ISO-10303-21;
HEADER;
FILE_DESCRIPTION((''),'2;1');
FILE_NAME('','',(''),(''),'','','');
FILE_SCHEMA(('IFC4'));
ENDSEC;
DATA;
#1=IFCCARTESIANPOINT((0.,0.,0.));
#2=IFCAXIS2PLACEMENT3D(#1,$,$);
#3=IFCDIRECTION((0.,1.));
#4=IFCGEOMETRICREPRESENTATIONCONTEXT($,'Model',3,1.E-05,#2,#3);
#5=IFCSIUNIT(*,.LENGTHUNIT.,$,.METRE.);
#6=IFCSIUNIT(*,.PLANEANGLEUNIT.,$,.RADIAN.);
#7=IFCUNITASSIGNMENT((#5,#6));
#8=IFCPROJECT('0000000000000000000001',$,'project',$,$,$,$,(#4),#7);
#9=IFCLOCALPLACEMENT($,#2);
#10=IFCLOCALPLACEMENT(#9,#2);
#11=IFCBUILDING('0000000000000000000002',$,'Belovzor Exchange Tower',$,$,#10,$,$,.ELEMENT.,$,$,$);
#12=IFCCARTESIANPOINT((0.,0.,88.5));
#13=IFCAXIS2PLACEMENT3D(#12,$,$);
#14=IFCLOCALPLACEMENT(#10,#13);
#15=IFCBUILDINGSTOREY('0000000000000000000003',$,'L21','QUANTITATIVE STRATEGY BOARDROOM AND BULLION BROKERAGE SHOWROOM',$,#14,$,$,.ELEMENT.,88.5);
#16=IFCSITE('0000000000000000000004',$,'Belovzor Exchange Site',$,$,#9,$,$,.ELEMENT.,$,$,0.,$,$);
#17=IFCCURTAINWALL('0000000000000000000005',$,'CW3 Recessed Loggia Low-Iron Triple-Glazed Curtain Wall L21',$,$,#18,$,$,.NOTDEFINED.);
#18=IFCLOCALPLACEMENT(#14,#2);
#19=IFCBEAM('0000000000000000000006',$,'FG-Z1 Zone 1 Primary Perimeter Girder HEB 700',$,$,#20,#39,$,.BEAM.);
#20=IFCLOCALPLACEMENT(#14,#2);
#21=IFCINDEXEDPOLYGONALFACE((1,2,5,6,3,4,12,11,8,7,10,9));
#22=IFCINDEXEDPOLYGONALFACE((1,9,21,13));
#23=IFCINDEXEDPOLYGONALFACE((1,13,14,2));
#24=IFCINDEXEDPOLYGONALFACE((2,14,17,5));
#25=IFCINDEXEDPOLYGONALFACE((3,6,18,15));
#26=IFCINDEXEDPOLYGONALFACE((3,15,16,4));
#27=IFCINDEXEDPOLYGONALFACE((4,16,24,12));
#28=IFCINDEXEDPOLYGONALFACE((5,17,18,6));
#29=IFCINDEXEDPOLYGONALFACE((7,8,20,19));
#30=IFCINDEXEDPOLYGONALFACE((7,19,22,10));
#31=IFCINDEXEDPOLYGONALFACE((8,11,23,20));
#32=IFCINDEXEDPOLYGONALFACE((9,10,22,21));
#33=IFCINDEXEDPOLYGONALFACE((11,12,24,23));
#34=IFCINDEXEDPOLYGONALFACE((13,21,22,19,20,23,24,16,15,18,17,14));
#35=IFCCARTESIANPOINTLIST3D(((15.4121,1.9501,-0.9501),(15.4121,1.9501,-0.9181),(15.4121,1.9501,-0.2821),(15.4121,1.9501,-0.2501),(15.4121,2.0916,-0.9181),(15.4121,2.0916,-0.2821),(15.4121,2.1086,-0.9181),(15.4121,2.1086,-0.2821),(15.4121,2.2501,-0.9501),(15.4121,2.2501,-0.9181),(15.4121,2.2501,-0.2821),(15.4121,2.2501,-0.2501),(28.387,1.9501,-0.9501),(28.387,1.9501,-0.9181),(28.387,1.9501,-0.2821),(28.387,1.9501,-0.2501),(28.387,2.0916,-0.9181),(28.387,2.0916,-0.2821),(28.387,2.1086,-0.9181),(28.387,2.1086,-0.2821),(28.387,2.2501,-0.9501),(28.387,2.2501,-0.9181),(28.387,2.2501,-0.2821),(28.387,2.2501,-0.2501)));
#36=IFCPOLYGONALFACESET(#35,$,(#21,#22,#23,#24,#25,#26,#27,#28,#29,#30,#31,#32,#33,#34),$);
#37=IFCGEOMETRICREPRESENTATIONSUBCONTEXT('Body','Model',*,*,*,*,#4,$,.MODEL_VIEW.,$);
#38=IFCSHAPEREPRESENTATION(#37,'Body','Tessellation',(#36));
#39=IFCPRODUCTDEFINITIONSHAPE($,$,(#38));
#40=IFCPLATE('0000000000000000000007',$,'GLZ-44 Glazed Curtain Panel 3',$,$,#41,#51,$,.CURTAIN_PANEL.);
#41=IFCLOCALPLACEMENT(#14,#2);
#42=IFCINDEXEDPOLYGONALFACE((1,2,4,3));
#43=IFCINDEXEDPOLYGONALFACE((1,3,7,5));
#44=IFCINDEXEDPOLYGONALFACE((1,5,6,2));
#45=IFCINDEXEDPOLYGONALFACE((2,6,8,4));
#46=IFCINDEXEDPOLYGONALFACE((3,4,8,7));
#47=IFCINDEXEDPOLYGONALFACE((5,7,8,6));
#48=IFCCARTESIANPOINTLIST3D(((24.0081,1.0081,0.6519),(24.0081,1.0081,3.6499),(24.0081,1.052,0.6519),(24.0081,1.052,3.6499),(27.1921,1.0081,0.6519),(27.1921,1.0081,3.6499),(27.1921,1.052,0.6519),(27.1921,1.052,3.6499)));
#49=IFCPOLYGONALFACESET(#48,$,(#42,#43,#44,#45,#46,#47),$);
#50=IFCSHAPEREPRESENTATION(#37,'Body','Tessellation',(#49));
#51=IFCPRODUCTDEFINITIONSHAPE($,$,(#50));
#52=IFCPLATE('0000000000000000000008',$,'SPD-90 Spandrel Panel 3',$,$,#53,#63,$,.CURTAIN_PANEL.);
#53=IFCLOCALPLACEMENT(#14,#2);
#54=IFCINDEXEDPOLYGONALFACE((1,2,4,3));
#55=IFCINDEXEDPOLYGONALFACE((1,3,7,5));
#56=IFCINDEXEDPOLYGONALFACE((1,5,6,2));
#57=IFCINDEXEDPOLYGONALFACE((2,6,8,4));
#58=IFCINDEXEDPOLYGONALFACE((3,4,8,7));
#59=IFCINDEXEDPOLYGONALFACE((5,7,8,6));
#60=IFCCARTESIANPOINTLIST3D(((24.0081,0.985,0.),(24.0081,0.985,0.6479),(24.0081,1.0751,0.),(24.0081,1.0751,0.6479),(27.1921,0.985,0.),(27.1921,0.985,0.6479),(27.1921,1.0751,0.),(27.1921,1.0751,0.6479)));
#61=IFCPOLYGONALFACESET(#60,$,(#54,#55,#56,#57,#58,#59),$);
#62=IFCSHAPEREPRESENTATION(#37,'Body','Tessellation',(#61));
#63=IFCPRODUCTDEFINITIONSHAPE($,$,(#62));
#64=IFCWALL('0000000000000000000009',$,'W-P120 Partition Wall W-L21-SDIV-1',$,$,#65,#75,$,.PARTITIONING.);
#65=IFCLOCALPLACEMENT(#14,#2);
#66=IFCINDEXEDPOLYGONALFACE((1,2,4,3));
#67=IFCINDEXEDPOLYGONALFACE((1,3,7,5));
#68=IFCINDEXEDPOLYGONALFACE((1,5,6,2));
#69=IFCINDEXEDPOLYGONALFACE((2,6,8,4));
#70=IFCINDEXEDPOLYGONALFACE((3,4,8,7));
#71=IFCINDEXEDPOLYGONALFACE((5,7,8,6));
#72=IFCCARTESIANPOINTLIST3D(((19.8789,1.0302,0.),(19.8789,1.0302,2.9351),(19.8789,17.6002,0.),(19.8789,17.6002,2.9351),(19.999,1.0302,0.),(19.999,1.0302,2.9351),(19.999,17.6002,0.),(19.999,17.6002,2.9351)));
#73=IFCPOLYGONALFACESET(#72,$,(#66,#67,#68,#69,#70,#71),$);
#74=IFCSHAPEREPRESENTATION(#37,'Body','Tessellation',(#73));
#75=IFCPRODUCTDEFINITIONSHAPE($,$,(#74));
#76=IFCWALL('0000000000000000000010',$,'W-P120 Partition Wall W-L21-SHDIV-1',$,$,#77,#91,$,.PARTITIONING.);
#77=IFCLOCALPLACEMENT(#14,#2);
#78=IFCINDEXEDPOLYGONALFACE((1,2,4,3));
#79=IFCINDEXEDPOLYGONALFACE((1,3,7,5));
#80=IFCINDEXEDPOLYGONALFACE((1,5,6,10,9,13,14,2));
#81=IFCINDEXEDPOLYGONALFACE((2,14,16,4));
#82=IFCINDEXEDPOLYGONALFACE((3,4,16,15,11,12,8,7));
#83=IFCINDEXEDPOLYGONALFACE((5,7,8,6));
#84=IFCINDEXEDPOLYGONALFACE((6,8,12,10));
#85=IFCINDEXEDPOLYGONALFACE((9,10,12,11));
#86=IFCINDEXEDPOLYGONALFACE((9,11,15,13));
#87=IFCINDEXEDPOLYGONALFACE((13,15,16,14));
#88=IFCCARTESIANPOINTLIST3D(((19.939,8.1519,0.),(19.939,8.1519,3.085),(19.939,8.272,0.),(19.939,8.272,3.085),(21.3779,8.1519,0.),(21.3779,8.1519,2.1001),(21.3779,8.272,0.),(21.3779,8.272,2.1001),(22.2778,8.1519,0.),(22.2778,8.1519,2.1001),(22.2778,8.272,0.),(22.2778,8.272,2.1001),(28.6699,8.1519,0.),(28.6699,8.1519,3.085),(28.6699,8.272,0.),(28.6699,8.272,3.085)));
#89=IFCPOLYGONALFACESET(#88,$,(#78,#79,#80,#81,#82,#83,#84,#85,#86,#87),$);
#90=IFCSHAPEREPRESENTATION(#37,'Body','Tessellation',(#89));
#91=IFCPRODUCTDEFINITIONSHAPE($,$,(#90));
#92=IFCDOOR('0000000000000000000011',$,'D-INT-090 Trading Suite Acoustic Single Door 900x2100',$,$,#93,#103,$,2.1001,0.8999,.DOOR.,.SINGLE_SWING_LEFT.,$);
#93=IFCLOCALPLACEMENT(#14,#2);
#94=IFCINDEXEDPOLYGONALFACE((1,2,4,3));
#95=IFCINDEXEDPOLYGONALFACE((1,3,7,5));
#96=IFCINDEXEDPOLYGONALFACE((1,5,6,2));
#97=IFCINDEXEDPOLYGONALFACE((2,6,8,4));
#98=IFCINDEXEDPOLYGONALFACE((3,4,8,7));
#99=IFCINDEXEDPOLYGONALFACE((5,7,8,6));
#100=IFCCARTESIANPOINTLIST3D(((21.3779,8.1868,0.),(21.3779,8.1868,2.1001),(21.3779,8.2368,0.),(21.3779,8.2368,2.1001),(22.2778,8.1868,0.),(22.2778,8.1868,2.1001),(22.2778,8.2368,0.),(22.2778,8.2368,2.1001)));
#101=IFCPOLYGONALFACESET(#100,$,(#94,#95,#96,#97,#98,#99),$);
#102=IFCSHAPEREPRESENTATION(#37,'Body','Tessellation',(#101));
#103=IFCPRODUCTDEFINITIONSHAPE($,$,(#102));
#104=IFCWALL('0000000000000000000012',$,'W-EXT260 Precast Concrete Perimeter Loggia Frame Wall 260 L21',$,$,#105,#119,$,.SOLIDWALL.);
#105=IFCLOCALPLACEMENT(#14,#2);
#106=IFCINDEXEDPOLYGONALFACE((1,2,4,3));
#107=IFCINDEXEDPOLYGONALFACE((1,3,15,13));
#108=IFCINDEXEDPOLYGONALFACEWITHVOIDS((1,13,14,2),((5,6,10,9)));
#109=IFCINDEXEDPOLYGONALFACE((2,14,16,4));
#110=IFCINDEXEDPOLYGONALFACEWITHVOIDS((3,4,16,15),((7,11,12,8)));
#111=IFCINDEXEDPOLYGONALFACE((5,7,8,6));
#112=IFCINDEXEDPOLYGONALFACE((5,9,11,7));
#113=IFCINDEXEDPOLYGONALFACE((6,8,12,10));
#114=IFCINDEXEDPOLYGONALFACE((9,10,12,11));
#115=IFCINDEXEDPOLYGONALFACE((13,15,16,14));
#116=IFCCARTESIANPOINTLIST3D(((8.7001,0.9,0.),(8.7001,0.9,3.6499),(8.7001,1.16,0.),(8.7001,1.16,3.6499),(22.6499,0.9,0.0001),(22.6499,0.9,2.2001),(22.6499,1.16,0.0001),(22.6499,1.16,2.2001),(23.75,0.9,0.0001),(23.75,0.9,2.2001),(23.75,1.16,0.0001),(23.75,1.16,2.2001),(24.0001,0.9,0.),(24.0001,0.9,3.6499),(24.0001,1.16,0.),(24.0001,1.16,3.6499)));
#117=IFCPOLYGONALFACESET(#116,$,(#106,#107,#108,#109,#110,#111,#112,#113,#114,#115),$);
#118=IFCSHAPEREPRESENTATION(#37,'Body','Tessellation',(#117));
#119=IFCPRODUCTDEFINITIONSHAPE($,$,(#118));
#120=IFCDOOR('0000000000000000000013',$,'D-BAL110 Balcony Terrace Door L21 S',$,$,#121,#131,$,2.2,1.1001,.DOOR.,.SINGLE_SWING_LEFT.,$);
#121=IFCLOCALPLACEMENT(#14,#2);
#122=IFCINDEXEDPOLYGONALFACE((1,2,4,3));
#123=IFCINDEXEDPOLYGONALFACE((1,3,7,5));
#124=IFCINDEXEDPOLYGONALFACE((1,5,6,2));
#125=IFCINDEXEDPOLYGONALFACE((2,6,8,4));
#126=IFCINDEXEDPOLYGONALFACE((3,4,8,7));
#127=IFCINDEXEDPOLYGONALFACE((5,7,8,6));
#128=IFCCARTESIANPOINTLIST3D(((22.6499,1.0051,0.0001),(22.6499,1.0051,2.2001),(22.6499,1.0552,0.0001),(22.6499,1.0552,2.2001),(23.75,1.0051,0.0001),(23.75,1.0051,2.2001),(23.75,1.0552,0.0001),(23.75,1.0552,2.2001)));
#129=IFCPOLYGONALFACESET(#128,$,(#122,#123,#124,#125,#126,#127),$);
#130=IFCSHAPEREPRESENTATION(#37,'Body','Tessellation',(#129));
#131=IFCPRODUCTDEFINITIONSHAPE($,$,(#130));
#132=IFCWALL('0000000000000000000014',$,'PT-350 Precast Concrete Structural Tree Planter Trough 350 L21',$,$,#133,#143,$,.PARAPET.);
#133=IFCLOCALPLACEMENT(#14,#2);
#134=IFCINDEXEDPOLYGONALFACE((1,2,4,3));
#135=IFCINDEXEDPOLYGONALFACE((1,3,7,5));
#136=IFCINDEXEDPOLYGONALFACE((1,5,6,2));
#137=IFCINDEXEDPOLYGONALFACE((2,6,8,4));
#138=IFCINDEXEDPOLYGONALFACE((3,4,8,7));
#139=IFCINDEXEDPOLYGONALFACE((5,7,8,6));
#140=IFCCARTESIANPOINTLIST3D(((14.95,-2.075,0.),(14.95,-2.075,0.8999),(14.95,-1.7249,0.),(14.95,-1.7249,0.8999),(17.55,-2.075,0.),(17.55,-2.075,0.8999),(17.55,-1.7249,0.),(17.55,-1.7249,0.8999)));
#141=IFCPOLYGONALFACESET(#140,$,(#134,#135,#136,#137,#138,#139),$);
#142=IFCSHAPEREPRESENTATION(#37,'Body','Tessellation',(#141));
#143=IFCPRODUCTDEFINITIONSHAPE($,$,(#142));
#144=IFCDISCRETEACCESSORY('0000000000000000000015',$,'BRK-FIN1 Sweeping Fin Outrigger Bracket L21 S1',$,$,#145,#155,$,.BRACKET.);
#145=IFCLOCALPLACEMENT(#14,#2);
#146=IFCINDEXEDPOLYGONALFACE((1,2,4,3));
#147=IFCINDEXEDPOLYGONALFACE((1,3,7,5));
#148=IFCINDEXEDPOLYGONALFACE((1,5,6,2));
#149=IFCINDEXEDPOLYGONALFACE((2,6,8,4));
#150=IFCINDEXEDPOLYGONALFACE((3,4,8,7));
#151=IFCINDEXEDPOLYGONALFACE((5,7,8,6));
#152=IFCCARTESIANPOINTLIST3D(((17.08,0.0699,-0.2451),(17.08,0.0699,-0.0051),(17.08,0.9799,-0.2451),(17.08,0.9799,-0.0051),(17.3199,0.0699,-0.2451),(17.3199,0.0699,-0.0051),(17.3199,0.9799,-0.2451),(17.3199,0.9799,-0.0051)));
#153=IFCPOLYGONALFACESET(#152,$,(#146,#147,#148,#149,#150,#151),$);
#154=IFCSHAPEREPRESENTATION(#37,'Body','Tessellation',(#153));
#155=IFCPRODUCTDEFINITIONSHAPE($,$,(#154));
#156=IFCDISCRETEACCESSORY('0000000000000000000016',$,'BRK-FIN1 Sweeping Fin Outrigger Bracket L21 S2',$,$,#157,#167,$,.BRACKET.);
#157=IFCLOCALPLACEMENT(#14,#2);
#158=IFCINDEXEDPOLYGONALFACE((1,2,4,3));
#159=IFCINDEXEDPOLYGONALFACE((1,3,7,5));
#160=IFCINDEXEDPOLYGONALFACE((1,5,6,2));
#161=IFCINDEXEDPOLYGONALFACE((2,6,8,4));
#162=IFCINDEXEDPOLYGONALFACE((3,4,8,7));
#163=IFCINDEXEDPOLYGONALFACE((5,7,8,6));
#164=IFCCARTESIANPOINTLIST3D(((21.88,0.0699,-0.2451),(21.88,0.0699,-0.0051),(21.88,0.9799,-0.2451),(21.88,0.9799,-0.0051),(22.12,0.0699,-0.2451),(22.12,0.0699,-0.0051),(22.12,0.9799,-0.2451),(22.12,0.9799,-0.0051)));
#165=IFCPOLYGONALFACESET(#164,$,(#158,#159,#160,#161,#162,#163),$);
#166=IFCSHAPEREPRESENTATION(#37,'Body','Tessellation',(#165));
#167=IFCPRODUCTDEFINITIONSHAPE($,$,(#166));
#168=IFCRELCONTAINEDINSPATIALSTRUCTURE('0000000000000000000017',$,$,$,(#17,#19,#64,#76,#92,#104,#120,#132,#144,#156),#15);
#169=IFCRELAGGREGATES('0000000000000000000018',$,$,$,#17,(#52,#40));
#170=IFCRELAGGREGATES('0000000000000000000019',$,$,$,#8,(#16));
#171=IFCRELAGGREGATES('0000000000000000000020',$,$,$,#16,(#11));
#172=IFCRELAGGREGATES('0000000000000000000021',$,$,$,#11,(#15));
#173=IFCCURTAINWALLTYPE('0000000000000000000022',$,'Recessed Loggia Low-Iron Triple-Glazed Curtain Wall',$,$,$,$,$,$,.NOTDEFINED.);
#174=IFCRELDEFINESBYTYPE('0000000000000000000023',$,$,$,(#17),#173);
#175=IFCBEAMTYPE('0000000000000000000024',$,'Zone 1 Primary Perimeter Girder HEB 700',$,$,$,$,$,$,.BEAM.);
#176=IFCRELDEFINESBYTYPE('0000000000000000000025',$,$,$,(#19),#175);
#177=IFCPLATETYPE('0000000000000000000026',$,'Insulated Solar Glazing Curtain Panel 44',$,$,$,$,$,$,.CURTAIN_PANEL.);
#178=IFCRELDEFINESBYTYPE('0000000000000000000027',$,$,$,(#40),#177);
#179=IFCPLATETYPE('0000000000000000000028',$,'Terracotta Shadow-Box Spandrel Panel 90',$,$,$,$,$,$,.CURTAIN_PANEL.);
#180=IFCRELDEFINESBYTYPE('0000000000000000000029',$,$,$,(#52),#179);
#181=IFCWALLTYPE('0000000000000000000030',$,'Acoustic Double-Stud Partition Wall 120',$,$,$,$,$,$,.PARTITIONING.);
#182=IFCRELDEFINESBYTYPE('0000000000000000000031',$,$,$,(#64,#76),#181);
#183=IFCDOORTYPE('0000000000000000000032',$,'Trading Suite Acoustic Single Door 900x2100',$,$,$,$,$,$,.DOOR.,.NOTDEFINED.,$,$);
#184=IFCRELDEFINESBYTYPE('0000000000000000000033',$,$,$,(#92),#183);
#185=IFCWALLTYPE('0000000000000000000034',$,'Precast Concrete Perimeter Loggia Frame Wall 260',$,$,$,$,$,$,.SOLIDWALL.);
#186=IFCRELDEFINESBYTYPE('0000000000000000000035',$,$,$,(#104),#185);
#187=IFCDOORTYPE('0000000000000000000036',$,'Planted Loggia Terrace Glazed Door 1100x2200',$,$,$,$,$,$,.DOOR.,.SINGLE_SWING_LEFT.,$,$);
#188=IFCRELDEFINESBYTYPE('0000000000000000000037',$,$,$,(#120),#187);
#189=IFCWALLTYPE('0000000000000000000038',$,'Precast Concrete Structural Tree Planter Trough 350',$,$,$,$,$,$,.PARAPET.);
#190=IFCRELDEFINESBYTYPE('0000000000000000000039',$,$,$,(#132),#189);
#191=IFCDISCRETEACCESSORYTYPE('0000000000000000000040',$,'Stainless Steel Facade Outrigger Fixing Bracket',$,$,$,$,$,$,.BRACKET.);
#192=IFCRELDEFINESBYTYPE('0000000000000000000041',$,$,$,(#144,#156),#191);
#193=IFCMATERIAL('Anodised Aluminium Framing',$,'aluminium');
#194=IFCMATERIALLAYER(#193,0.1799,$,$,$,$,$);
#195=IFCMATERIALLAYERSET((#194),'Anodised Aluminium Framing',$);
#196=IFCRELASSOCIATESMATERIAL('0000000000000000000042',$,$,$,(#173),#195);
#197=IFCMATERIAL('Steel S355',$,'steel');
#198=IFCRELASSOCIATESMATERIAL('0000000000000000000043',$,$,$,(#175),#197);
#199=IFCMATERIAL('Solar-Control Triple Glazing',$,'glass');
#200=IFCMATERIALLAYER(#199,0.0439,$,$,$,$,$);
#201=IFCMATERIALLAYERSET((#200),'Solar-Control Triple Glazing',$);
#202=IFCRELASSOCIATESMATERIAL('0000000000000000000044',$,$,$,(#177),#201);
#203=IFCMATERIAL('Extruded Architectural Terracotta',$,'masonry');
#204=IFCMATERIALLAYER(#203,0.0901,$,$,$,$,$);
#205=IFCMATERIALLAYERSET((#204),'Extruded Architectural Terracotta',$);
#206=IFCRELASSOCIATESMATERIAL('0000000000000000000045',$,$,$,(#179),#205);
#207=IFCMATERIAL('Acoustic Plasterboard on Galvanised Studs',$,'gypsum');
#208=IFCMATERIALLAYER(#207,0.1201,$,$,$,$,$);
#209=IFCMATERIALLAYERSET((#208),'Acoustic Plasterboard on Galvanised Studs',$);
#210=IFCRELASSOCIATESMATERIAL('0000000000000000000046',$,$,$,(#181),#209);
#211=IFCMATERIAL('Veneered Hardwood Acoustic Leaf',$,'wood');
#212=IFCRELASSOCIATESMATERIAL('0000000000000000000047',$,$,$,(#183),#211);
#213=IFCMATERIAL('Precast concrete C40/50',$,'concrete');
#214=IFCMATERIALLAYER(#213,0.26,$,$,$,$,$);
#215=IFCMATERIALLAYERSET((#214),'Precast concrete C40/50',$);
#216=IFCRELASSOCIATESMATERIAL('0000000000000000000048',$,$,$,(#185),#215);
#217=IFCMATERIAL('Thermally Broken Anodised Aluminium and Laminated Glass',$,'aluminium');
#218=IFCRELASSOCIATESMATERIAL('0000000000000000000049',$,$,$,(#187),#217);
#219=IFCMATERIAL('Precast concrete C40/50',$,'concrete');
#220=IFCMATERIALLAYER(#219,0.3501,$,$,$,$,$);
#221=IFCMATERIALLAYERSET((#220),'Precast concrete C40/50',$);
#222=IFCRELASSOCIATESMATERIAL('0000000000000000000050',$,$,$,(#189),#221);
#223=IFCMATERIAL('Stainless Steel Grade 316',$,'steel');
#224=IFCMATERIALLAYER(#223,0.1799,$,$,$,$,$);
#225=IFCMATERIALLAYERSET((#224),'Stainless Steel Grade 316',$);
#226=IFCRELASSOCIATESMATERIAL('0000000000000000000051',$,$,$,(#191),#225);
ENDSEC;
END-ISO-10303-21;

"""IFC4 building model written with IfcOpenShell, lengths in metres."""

from ifc_helpers import new_model, si_unit, direction, frame, frame_2d, origin, origin_2d, place, context, subcontext, project, spatial, rectangle, i_section, extrude, material, layer, layer_set, material_profile, profile_set, type_object, element, fill, aggregate, save


model = new_model("IFC4")

# Units and contexts
model_context = context("Model", 3, precision=1e-05, world=origin(), true_north=direction((0.0, 1.0)))
body_context = subcontext(model_context, "Body", "Model", "MODEL_VIEW")
ifc_project = project(units=[si_unit("LENGTHUNIT", "METRE"), si_unit("PLANEANGLEUNIT", "RADIAN")], contexts=[model_context])

# Site, building, storey
site_placement = place(None, origin())
site = spatial("IfcSite", under=ifc_project, at=site_placement, Name="Belovzor Exchange Site", CompositionType="ELEMENT", RefElevation=0.0)
building_placement = place(site_placement, origin())
building = spatial("IfcBuilding", under=site, at=building_placement, Name="Belovzor Exchange Tower", CompositionType="ELEMENT")
storey_placement = place(building_placement, frame((0.0, 0.0, 88.5)))
storey = spatial("IfcBuildingStorey", under=building, at=storey_placement, Name="L21", Description="QUANTITATIVE STRATEGY BOARDROOM AND BULLION BROKERAGE SHOWROOM", CompositionType="ELEMENT", Elevation=88.5)

# Curtain wall
ifc_material_1 = material(Name="Anodised Aluminium Framing", Category="aluminium")
ifc_layer_1 = layer(ifc_material_1, 0.1799)
ifc_layer_set_1 = layer_set([ifc_layer_1], Name="Anodised Aluminium Framing")
curtain_wall_type = type_object("IfcCurtainWallType", Name="Recessed Loggia Low-Iron Triple-Glazed Curtain Wall", PredefinedType="NOTDEFINED", material=ifc_layer_set_1)
curtain_wall_placement = place(storey_placement, origin())
curtain_wall = element("IfcCurtainWall", 1, at=curtain_wall_placement, inside=storey, type_object=curtain_wall_type, Name="CW3 Recessed Loggia Low-Iron Triple-Glazed Curtain Wall L21", PredefinedType="NOTDEFINED")

# Beam
ifc_material_2 = material(Name="Steel S355", Category="steel")
ifc_material_profile_1 = material_profile(ifc_material_2, i_section(OverallWidth=0.3, OverallDepth=0.7, WebThickness=0.0171, FlangeThickness=0.032, at=origin_2d()))
ifc_profile_set_1 = profile_set([ifc_material_profile_1], Name="Steel S355")
beam_type_1 = type_object("IfcBeamType", Name="Zone 1 Primary Perimeter Girder HEB 700", PredefinedType="BEAM", material=ifc_profile_set_1)
beam_1_placement = place(storey_placement, frame((15.4121, 2.1001, -0.6001), z_axis=(1.0, 0.0, 0.0), x_axis=(0.0, 1.0, 0.0)))
element("IfcBeam", 2, at=beam_1_placement, inside=storey, type_object=beam_type_1, Name="FG-Z1 Zone 1 Primary Perimeter Girder HEB 700", PredefinedType="BEAM", context=body_context, shape_type="SweptSolid", body=[
    extrude(i_section(OverallWidth=0.3, OverallDepth=0.7, WebThickness=0.0171, FlangeThickness=0.032, at=origin_2d()), origin(), (0.0, 0.0, 1.0), 12.9749),
])

# Plates
ifc_material_3 = material(Name="Solar-Control Triple Glazing", Category="glass")
ifc_layer_2 = layer(ifc_material_3, 0.0439)
ifc_layer_set_2 = layer_set([ifc_layer_2], Name="Solar-Control Triple Glazing")
plate_type_1 = type_object("IfcPlateType", Name="Insulated Solar Glazing Curtain Panel 44", PredefinedType="CURTAIN_PANEL", material=ifc_layer_set_2)
plate_1_placement = place(storey_placement, frame((25.6001, 1.03, 0.6519), z_axis=(0.0, 0.0, 1.0), x_axis=(-1.0, 0.0, 0.0)))
plate_1 = element("IfcPlate", 3, at=plate_1_placement, type_object=plate_type_1, Name="GLZ-44 Glazed Curtain Panel 3", PredefinedType="CURTAIN_PANEL", context=body_context, shape_type="SweptSolid", body=[
    extrude(rectangle(XDim=3.1841, YDim=0.0439, at=origin_2d()), origin(), (0.0, 0.0, 1.0), 2.998),
])
ifc_material_4 = material(Name="Extruded Architectural Terracotta", Category="masonry")
ifc_layer_3 = layer(ifc_material_4, 0.0901)
ifc_layer_set_3 = layer_set([ifc_layer_3], Name="Extruded Architectural Terracotta")
plate_type_2 = type_object("IfcPlateType", Name="Terracotta Shadow-Box Spandrel Panel 90", PredefinedType="CURTAIN_PANEL", material=ifc_layer_set_3)
plate_2_placement = place(storey_placement, frame((25.6001, 1.03, 0.0), z_axis=(0.0, 0.0, 1.0), x_axis=(-1.0, 0.0, 0.0)))
plate_2 = element("IfcPlate", 4, at=plate_2_placement, type_object=plate_type_2, Name="SPD-90 Spandrel Panel 3", PredefinedType="CURTAIN_PANEL", context=body_context, shape_type="SweptSolid", body=[
    extrude(rectangle(XDim=3.1841, YDim=0.0901, at=origin_2d()), origin(), (0.0, 0.0, 1.0), 0.6479),
])
aggregate(curtain_wall, [plate_2, plate_1])

# Wall
ifc_material_5 = material(Name="Acoustic Plasterboard on Galvanised Studs", Category="gypsum")
ifc_layer_4 = layer(ifc_material_5, 0.1201)
ifc_layer_set_4 = layer_set([ifc_layer_4], Name="Acoustic Plasterboard on Galvanised Studs")
wall_type_1 = type_object("IfcWallType", Name="Acoustic Double-Stud Partition Wall 120", PredefinedType="PARTITIONING", material=ifc_layer_set_4)
wall_1_placement = place(storey_placement, frame((19.939, 1.03, 0.0), z_axis=(0.0, 0.0, 1.0), x_axis=(0.0, 1.0, 0.0)))
element("IfcWall", 5, at=wall_1_placement, inside=storey, type_object=wall_type_1, Name="W-P120 Partition Wall W-L21-SDIV-1", PredefinedType="PARTITIONING", context=body_context, shape_type="SweptSolid", body=[
    extrude(rectangle(XDim=16.5701, YDim=0.1201, at=frame_2d((8.2852, 0.0))), origin(), (0.0, 0.0, 1.0), 2.9351),
])

# Walls, openings, doors
wall_2_placement = place(storey_placement, frame((19.939, 8.2119, 0.0), z_axis=(0.0, 0.0, 1.0), x_axis=(1.0, 0.0, 0.0)))
wall_2 = element("IfcWall", 6, at=wall_2_placement, inside=storey, type_object=wall_type_1, Name="W-P120 Partition Wall W-L21-SHDIV-1", PredefinedType="PARTITIONING", context=body_context, shape_type="SweptSolid", body=[
    extrude(rectangle(XDim=8.731, YDim=0.1201, at=frame_2d((4.3655, 0.0))), origin(), (0.0, 0.0, 1.0), 3.085),
])
opening_1_placement = place(wall_2_placement, frame((1.439, 0.0, 0.0)))
opening_1 = element("IfcOpeningElement", 7, at=opening_1_placement, cuts=wall_2, PredefinedType="OPENING", context=body_context, shape_type="SweptSolid", body=[
    extrude(rectangle(XDim=0.8999, YDim=2.1001, at=frame_2d((0.45, 1.05))), frame((0.0, 0.0701, 0.0), z_axis=(0.0, -1.0, 0.0), x_axis=(1.0, 0.0, 0.0)), (0.0, 0.0, 1.0), 0.1401),
])
ifc_material_6 = material(Name="Veneered Hardwood Acoustic Leaf", Category="wood")
door_type_1 = type_object("IfcDoorType", Name="Trading Suite Acoustic Single Door 900x2100", OperationType="NOTDEFINED", PredefinedType="DOOR", material=ifc_material_6)
door_1_placement = place(opening_1_placement, origin())
door_1 = element("IfcDoor", 8, at=door_1_placement, inside=storey, type_object=door_type_1, Name="D-INT-090 Trading Suite Acoustic Single Door 900x2100", OperationType="SINGLE_SWING_LEFT", OverallHeight=2.1001, OverallWidth=0.8999, PredefinedType="DOOR", context=body_context, shape_type="SweptSolid", body=[
    extrude(rectangle(XDim=0.8999, YDim=2.1001, at=frame_2d((0.45, 1.05))), frame((0.0, 0.0249, 0.0), z_axis=(0.0, -1.0, 0.0), x_axis=(1.0, 0.0, 0.0)), (0.0, 0.0, 1.0), 0.05),
])
fill(opening_1, door_1)
ifc_material_7 = material(Name="Precast concrete C40/50", Category="concrete")
ifc_layer_5 = layer(ifc_material_7, 0.26)
ifc_layer_set_5 = layer_set([ifc_layer_5], Name="Precast concrete C40/50")
wall_type_2 = type_object("IfcWallType", Name="Precast Concrete Perimeter Loggia Frame Wall 260", PredefinedType="SOLIDWALL", material=ifc_layer_set_5)
wall_3_placement = place(storey_placement, frame((24.0, 1.03, 0.0), z_axis=(0.0, 0.0, 1.0), x_axis=(-1.0, 0.0, 0.0)))
wall_3 = element("IfcWall", 9, at=wall_3_placement, inside=storey, type_object=wall_type_2, Name="W-EXT260 Precast Concrete Perimeter Loggia Frame Wall 260 L21", PredefinedType="SOLIDWALL", context=body_context, shape_type="SweptSolid", body=[
    extrude(rectangle(XDim=15.3, YDim=0.26, at=frame_2d((7.6499, 0.0))), origin(), (0.0, 0.0, 1.0), 3.6499),
])
opening_2_placement = place(wall_3_placement, frame((0.25, 0.0, 0.0)))
opening_2 = element("IfcOpeningElement", 10, at=opening_2_placement, cuts=wall_3, PredefinedType="OPENING", context=body_context, shape_type="SweptSolid", body=[
    extrude(rectangle(XDim=1.1001, YDim=2.2, at=frame_2d((0.55, 1.1001))), frame((0.0, 0.1399, 0.0), z_axis=(0.0, -1.0, 0.0), x_axis=(1.0, 0.0, 0.0)), (0.0, 0.0, 1.0), 0.28),
])
ifc_material_8 = material(Name="Thermally Broken Anodised Aluminium and Laminated Glass", Category="aluminium")
door_type_2 = type_object("IfcDoorType", Name="Planted Loggia Terrace Glazed Door 1100x2200", OperationType="SINGLE_SWING_LEFT", PredefinedType="DOOR", material=ifc_material_8)
door_2_placement = place(opening_2_placement, origin())
door_2 = element("IfcDoor", 11, at=door_2_placement, inside=storey, type_object=door_type_2, Name="D-BAL110 Balcony Terrace Door L21 S", OperationType="SINGLE_SWING_LEFT", OverallHeight=2.2, OverallWidth=1.1001, PredefinedType="DOOR", context=body_context, shape_type="SweptSolid", body=[
    extrude(rectangle(XDim=1.1001, YDim=2.2, at=frame_2d((0.55, 1.1001))), frame((0.0, 0.0249, 0.0), z_axis=(0.0, -1.0, 0.0), x_axis=(1.0, 0.0, 0.0)), (0.0, 0.0, 1.0), 0.05),
])
fill(opening_2, door_2)

# Wall
ifc_material_9 = material(Name="Precast concrete C40/50", Category="concrete")
ifc_layer_6 = layer(ifc_material_9, 0.3501)
ifc_layer_set_6 = layer_set([ifc_layer_6], Name="Precast concrete C40/50")
wall_type_3 = type_object("IfcWallType", Name="Precast Concrete Structural Tree Planter Trough 350", PredefinedType="PARAPET", material=ifc_layer_set_6)
wall_4_placement = place(storey_placement, frame((14.95, -1.8999, 0.0), z_axis=(0.0, 0.0, 1.0), x_axis=(1.0, 0.0, 0.0)))
element("IfcWall", 12, at=wall_4_placement, inside=storey, type_object=wall_type_3, Name="PT-350 Precast Concrete Structural Tree Planter Trough 350 L21", PredefinedType="PARAPET", context=body_context, shape_type="SweptSolid", body=[
    extrude(rectangle(XDim=2.6001, YDim=0.3501, at=frame_2d((1.3, 0.0))), origin(), (0.0, 0.0, 1.0), 0.8999),
])

# Discrete accessories
ifc_material_10 = material(Name="Stainless Steel Grade 316", Category="steel")
ifc_layer_7 = layer(ifc_material_10, 0.1799)
ifc_layer_set_7 = layer_set([ifc_layer_7], Name="Stainless Steel Grade 316")
discrete_accessory_type = type_object("IfcDiscreteAccessoryType", Name="Stainless Steel Facade Outrigger Fixing Bracket", PredefinedType="BRACKET", material=ifc_layer_set_7)
for number, where, z_axis, x_axis, name in (
    (13, (17.2, 0.5249, -0.2451), (0.0, 0.0, 1.0), (0.0, 1.0, 0.0), "BRK-FIN1 Sweeping Fin Outrigger Bracket L21 S1"),
    (14, (22.0, 0.5249, -0.2451), (0.0, 0.0, 1.0), (0.0, 1.0, 0.0), "BRK-FIN1 Sweeping Fin Outrigger Bracket L21 S2"),
):
    element("IfcDiscreteAccessory", number, at=place(storey_placement, frame(where, z_axis=z_axis, x_axis=x_axis)), inside=storey, type_object=discrete_accessory_type, Name=name, PredefinedType="BRACKET", context=body_context, shape_type="SweptSolid", body=[
        extrude(rectangle(XDim=0.9099, YDim=0.24, at=origin_2d()), origin(), (0.0, 0.0, 1.0), 0.24),
    ])

save(model, "model.ifc")
